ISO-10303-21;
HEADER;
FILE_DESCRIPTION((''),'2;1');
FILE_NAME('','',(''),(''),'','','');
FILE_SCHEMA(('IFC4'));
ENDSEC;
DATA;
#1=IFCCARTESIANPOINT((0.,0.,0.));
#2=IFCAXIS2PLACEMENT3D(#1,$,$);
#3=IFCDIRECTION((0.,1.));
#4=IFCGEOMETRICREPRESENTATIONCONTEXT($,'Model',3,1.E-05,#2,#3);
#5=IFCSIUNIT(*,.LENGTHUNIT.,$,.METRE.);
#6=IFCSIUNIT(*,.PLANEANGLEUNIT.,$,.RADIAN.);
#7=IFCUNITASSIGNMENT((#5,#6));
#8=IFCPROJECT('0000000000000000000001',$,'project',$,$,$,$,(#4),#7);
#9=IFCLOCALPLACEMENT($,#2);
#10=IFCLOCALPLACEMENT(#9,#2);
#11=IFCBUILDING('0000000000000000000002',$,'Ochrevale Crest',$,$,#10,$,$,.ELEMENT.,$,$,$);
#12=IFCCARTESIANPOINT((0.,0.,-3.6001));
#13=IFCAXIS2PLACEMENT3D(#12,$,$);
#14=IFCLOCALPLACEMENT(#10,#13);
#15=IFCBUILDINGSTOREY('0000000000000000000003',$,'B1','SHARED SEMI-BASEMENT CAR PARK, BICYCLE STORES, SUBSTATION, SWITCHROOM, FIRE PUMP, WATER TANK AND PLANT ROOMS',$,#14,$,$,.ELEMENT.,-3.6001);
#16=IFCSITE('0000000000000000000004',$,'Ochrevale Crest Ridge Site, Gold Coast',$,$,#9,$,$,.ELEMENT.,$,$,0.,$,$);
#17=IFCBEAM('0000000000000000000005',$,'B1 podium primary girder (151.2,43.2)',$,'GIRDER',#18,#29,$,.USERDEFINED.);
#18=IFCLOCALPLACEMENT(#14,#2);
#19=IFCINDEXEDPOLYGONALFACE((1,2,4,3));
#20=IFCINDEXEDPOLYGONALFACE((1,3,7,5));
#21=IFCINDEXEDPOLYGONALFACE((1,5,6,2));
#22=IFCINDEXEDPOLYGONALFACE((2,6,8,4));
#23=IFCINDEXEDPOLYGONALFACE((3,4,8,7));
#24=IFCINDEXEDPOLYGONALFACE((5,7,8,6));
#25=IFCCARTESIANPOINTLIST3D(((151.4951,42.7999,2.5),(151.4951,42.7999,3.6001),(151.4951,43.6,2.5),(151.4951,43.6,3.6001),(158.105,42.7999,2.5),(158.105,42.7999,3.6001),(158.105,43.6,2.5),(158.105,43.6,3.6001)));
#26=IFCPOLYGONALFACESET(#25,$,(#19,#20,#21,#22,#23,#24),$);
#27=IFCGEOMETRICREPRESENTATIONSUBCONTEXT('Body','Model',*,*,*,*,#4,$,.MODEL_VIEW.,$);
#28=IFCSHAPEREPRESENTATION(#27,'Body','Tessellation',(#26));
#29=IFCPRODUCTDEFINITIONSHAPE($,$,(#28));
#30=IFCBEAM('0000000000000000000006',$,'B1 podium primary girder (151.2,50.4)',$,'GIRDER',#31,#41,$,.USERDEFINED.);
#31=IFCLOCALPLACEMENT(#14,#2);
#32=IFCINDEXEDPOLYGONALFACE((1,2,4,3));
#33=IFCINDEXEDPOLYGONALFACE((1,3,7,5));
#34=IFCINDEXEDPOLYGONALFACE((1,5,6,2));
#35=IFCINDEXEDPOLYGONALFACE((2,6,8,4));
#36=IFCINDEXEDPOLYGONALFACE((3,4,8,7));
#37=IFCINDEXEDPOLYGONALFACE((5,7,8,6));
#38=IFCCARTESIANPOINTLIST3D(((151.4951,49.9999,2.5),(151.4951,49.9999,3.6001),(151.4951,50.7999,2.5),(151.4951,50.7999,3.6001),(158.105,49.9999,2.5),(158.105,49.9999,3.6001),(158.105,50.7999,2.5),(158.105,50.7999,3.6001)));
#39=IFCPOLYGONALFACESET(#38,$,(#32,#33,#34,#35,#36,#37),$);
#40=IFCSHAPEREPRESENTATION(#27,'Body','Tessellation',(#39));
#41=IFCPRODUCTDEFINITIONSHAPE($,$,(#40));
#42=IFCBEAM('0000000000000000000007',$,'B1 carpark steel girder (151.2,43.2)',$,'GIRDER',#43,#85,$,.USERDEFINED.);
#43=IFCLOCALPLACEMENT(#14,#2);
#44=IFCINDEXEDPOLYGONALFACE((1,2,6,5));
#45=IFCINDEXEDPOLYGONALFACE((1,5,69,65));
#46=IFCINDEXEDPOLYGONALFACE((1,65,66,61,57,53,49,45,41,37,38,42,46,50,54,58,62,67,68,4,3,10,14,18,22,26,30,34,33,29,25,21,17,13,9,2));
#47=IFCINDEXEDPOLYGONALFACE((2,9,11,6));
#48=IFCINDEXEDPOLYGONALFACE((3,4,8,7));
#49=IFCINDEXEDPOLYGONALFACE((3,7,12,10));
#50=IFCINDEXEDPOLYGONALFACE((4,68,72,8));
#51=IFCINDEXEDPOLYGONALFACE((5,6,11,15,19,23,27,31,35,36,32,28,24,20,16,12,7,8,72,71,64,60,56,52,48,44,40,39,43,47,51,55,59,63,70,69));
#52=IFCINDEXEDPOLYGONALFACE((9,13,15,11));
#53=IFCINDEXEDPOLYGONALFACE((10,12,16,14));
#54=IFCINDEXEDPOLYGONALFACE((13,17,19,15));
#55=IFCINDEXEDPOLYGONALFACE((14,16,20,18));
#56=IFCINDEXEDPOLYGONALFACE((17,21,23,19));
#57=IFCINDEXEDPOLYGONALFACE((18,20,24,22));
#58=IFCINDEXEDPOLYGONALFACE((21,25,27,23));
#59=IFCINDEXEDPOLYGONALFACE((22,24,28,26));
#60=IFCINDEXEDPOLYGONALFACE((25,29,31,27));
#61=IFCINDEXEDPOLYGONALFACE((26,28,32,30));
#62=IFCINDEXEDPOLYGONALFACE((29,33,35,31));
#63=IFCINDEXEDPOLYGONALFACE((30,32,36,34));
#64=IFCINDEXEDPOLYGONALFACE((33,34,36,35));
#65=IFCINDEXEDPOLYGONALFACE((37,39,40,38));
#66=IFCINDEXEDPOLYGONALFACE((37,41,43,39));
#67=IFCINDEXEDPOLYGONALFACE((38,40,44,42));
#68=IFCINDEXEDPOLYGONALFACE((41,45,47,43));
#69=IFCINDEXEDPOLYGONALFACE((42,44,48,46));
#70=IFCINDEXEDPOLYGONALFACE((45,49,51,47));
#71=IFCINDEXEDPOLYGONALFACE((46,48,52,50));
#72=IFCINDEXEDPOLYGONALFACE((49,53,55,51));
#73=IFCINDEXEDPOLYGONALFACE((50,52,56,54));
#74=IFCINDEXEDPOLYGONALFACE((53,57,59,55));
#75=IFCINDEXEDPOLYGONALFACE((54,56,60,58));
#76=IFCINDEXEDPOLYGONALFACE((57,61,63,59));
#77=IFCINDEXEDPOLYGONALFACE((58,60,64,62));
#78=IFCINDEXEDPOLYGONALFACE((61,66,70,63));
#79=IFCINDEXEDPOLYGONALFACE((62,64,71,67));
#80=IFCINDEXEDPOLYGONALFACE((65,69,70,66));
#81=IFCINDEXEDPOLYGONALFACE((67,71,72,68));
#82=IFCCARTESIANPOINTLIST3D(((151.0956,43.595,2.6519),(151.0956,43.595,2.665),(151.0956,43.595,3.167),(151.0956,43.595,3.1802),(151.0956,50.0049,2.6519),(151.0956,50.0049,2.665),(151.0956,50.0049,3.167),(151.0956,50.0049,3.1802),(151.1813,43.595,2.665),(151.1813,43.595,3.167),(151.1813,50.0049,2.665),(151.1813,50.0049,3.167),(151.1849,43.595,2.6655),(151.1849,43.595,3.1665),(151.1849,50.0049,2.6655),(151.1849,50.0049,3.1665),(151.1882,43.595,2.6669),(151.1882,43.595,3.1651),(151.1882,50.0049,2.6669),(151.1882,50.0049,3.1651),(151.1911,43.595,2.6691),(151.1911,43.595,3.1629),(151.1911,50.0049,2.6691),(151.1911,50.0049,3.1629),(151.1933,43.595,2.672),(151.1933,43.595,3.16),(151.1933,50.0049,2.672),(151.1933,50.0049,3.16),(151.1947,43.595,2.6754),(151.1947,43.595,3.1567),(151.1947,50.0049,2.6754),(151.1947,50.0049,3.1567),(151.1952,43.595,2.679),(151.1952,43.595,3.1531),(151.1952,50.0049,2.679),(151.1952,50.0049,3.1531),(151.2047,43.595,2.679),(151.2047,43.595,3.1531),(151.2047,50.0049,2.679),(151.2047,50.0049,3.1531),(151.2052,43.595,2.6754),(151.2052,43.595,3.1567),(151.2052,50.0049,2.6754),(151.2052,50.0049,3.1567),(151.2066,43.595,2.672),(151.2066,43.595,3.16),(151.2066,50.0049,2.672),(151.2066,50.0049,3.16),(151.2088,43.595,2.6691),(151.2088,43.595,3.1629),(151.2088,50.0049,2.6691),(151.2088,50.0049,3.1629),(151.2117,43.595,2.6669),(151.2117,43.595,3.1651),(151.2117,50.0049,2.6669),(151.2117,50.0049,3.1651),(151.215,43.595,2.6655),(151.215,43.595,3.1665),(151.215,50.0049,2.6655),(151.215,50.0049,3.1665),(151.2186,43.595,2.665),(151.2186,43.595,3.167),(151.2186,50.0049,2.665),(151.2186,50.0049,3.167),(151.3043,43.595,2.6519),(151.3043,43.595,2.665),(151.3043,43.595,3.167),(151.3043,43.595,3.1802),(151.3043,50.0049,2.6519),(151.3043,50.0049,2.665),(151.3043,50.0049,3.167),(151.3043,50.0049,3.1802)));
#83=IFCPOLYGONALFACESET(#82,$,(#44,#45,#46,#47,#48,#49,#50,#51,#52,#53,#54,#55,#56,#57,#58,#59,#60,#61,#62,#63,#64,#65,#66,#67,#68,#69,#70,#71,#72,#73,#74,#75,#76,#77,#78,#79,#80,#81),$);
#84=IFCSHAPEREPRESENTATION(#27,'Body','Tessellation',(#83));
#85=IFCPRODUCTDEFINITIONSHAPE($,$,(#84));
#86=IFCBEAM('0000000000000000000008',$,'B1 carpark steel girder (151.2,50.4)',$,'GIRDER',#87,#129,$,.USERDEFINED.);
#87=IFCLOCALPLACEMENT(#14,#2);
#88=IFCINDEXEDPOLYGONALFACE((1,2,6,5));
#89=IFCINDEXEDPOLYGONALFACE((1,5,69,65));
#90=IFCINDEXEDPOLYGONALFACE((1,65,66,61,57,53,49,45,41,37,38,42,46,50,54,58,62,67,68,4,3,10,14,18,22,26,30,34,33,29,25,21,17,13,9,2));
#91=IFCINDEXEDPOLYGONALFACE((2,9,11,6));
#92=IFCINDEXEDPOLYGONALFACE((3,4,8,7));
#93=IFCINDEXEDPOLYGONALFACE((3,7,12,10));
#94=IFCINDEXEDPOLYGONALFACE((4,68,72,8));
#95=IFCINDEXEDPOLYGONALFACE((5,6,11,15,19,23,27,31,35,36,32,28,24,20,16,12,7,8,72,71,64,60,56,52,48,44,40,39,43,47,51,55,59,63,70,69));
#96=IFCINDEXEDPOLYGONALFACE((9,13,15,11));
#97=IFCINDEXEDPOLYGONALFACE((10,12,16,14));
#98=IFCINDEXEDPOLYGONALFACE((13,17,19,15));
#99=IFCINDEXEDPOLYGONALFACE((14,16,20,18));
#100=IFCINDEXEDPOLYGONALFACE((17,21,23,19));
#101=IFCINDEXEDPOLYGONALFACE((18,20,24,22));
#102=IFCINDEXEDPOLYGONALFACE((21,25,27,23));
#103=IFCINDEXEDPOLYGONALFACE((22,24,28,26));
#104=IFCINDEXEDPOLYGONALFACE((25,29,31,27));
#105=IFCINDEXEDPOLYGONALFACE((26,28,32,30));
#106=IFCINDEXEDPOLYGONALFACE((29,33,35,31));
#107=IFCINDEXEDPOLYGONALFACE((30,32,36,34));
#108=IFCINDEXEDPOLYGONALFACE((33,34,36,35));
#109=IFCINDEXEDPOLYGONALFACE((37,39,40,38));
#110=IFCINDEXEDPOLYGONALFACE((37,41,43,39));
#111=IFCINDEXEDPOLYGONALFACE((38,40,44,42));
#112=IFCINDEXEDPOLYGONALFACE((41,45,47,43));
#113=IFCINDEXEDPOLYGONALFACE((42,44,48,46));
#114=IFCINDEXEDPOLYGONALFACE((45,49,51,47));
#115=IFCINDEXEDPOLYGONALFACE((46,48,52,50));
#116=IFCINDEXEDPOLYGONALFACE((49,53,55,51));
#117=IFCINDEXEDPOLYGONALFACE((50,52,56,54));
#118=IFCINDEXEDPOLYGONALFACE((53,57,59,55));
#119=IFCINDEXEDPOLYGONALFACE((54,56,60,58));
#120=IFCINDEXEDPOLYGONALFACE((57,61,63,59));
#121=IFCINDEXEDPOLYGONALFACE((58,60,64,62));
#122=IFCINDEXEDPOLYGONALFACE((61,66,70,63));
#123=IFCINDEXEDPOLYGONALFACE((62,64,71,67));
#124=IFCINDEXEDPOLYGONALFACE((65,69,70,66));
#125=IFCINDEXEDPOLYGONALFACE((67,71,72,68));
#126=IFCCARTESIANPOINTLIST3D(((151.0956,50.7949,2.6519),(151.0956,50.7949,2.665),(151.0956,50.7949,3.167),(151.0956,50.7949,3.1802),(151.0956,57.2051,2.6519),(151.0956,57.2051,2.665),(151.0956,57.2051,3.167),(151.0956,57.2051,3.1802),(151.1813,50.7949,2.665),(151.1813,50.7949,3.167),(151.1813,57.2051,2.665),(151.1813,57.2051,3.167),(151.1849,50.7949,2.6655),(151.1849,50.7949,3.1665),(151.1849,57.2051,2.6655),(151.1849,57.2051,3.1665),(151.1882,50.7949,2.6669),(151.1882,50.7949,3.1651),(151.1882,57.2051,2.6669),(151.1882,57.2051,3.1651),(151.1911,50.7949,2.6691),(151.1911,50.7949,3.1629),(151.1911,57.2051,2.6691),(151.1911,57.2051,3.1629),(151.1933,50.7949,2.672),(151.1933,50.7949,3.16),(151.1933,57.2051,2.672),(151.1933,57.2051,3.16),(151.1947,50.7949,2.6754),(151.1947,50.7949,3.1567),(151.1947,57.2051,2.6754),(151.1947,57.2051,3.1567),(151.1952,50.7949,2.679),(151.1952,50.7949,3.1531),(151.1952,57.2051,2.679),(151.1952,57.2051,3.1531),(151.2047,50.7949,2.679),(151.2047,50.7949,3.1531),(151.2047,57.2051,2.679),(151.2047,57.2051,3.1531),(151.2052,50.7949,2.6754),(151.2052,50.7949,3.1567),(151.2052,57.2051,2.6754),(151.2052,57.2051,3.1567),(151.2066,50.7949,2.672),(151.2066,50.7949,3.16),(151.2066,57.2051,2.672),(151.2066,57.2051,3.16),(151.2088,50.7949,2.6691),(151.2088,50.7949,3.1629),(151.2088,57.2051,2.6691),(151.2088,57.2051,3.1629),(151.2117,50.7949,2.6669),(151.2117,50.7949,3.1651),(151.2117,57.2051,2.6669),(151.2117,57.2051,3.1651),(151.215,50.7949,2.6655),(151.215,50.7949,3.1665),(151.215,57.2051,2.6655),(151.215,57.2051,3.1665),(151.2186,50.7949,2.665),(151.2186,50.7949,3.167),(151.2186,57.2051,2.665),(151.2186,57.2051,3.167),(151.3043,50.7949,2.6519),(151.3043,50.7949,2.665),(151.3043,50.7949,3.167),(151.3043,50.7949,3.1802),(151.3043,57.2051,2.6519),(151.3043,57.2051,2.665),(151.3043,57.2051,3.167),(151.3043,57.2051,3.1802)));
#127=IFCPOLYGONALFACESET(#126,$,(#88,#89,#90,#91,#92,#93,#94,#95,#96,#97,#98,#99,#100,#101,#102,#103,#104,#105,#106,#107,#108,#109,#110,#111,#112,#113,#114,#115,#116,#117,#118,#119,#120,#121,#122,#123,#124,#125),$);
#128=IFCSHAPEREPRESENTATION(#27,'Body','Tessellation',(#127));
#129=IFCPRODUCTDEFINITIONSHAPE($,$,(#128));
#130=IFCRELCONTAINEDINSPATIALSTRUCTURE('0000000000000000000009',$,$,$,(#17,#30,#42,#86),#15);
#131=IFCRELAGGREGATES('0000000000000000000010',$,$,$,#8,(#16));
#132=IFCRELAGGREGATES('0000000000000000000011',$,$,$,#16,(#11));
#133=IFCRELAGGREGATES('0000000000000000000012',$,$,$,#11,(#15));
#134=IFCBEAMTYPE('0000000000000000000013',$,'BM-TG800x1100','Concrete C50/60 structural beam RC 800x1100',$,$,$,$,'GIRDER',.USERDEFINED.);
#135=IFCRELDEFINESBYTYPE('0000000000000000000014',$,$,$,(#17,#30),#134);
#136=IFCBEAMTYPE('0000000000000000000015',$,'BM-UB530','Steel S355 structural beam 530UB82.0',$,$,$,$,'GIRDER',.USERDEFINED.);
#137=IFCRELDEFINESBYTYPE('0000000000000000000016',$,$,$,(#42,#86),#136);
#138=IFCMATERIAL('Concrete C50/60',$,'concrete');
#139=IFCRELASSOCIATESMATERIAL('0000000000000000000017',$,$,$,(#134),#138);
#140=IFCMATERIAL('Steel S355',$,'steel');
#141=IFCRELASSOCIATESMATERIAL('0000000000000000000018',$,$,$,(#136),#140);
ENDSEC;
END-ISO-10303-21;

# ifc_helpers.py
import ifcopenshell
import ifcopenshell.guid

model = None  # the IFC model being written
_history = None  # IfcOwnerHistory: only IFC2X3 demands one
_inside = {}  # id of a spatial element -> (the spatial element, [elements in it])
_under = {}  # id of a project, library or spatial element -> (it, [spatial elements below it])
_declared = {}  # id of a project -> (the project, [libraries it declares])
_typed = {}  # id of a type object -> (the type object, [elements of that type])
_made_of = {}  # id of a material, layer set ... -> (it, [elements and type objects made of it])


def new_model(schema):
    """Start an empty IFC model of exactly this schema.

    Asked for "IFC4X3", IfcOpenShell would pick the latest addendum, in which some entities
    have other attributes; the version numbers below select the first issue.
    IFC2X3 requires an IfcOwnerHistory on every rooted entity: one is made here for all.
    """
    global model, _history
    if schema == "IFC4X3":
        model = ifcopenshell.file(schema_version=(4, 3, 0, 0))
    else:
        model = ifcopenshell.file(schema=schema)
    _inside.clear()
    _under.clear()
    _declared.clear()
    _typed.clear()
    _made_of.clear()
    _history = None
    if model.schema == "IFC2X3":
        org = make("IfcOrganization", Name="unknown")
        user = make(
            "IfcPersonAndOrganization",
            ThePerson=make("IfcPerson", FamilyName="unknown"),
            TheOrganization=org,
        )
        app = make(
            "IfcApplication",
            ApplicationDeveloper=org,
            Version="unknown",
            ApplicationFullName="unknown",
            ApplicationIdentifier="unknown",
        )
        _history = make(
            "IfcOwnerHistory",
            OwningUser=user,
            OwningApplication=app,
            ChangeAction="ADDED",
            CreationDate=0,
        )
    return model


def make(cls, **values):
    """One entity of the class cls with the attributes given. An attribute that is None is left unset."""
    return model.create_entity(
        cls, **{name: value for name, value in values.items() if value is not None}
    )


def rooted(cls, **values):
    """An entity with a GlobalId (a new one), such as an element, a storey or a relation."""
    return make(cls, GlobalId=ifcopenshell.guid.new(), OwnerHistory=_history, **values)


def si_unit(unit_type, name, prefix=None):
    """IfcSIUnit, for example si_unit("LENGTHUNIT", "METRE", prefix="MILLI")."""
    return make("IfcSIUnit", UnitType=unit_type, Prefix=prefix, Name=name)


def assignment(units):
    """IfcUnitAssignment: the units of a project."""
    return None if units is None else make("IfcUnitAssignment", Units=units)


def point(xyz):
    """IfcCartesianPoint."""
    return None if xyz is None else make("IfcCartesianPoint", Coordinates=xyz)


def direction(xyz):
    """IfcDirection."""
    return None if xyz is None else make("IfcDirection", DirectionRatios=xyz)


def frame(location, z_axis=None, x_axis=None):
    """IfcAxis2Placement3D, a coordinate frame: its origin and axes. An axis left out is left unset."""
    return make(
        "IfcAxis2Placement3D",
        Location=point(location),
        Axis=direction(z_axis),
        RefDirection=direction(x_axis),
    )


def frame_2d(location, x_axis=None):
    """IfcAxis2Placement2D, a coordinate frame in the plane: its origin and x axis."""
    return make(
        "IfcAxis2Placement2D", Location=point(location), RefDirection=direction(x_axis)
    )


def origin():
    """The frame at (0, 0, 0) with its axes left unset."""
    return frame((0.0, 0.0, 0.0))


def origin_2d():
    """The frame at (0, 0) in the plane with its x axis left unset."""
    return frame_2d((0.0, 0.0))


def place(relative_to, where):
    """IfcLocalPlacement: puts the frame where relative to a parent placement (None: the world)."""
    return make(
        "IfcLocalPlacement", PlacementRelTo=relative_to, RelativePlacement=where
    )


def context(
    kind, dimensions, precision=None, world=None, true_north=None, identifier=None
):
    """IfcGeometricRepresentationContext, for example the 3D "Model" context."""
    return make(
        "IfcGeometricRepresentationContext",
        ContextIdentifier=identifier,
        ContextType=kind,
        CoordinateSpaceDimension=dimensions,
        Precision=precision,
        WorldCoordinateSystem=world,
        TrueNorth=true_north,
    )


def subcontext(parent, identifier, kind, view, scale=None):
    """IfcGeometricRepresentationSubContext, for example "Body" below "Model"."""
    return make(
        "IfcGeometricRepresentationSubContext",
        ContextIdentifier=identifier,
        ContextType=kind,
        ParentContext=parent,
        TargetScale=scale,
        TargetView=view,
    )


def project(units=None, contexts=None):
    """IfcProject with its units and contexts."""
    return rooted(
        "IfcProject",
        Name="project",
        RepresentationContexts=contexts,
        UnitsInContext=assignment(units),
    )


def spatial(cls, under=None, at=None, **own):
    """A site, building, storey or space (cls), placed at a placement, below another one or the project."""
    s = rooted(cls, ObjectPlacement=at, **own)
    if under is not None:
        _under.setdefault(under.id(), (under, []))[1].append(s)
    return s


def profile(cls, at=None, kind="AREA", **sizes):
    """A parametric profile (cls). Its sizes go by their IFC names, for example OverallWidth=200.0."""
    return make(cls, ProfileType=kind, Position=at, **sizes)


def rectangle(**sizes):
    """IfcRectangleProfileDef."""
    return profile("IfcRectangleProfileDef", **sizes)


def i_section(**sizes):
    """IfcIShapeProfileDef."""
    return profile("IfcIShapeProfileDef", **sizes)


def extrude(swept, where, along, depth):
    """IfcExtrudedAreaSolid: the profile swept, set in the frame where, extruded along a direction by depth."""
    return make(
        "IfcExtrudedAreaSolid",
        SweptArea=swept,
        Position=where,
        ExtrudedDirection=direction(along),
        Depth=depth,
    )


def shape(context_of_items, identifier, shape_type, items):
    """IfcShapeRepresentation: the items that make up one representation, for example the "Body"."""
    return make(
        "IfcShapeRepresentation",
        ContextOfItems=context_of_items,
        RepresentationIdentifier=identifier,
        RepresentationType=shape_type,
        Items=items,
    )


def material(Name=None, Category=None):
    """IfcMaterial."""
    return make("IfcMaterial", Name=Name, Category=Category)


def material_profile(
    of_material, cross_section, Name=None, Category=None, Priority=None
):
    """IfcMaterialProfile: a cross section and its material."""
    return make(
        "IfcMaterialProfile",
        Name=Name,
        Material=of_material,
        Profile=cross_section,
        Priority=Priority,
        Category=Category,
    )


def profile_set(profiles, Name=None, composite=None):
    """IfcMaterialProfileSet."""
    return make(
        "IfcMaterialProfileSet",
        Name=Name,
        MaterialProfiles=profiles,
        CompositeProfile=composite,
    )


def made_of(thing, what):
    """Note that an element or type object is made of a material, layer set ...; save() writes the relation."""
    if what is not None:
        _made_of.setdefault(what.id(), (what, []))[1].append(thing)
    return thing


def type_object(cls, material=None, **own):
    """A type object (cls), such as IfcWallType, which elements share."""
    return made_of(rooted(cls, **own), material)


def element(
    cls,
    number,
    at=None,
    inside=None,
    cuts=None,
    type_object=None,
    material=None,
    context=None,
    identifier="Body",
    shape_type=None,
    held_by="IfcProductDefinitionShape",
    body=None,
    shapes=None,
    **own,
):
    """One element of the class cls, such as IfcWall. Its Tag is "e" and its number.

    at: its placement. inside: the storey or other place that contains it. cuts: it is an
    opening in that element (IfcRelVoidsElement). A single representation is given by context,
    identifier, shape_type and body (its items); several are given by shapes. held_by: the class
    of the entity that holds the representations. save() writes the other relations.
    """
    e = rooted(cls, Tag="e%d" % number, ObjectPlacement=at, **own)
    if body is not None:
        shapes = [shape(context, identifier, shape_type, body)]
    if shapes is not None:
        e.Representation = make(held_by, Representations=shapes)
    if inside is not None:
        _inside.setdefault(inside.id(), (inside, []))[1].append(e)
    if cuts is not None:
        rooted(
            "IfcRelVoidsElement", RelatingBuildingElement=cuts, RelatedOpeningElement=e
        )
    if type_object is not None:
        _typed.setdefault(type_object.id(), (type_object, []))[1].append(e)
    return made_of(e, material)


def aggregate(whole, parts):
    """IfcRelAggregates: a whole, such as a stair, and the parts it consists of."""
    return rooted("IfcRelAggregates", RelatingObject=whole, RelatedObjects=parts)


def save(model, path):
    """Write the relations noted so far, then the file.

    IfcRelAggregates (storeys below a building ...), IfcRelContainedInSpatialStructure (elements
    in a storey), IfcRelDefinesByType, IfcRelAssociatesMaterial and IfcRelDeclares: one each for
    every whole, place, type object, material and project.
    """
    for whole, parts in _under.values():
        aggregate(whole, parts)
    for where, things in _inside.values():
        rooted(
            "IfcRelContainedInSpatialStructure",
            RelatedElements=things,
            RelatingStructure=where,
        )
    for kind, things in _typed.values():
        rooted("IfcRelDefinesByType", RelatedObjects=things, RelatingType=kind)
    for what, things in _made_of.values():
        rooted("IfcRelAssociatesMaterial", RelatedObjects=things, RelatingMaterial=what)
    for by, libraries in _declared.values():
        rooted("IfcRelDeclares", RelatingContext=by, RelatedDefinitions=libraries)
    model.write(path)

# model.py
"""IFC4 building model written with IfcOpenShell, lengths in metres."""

from ifc_helpers import new_model, si_unit, direction, frame, origin, origin_2d, place, context, subcontext, project, spatial, rectangle, i_section, extrude, material, material_profile, profile_set, type_object, element, save


model = new_model("IFC4")

# Units and contexts
model_context = context("Model", 3, precision=1e-05, world=origin(), true_north=direction((0.0, 1.0)))
body_context = subcontext(model_context, "Body", "Model", "MODEL_VIEW")
ifc_project = project(units=[si_unit("LENGTHUNIT", "METRE"), si_unit("PLANEANGLEUNIT", "RADIAN")], contexts=[model_context])

# Site, building, storey
site_placement = place(None, origin())
site = spatial("IfcSite", under=ifc_project, at=site_placement, Name="Ochrevale Crest Ridge Site, Gold Coast", CompositionType="ELEMENT", RefElevation=0.0)
building_placement = place(site_placement, origin())
building = spatial("IfcBuilding", under=site, at=building_placement, Name="Ochrevale Crest", CompositionType="ELEMENT")
storey_placement = place(building_placement, frame((0.0, 0.0, -3.6001)))
storey = spatial("IfcBuildingStorey", under=building, at=storey_placement, Name="B1", Description="SHARED SEMI-BASEMENT CAR PARK, BICYCLE STORES, SUBSTATION, SWITCHROOM, FIRE PUMP, WATER TANK AND PLANT ROOMS", CompositionType="ELEMENT", Elevation=-3.6001)

# Shared definitions
ifc_material_1 = material(Name="Concrete C50/60", Category="concrete")

# Beams
ifc_material_profile_1 = material_profile(ifc_material_1, rectangle(XDim=0.8, YDim=1.1001, at=origin_2d()), Name="RC 800x1100")
ifc_profile_set_1 = profile_set([ifc_material_profile_1], Name="Concrete C50/60")
beam_type_1 = type_object("IfcBeamType", Name="BM-TG800x1100", Description="Concrete C50/60 structural beam RC 800x1100", ElementType="GIRDER", PredefinedType="USERDEFINED", material=ifc_profile_set_1)
for number, where, z_axis, x_axis, name in (
    (1, (151.4951, 43.2, 3.05), (1.0, 0.0, 0.0), (0.0, 1.0, 0.0), "B1 podium primary girder (151.2,43.2)"),
    (2, (151.4951, 50.3999, 3.05), (1.0, 0.0, 0.0), (0.0, 1.0, 0.0), "B1 podium primary girder (151.2,50.4)"),
):
    element("IfcBeam", number, at=place(storey_placement, frame(where, z_axis=z_axis, x_axis=x_axis)), inside=storey, type_object=beam_type_1, Name=name, ObjectType="GIRDER", PredefinedType="USERDEFINED", context=body_context, shape_type="SweptSolid", body=[
        extrude(rectangle(XDim=0.8, YDim=1.1001, at=origin_2d()), origin(), (0.0, 0.0, 1.0), 6.6099),
    ])
ifc_material_2 = material(Name="Steel S355", Category="steel")
ifc_material_profile_2 = material_profile(ifc_material_2, i_section(OverallWidth=0.2087, OverallDepth=0.5283, WebThickness=0.0095, FlangeThickness=0.0132, FilletRadius=0.0139, at=origin_2d()), Name="530UB82.0")
ifc_profile_set_2 = profile_set([ifc_material_profile_2], Name="Steel S355")
beam_type_2 = type_object("IfcBeamType", Name="BM-UB530", Description="Steel S355 structural beam 530UB82.0", ElementType="GIRDER", PredefinedType="USERDEFINED", material=ifc_profile_set_2)
beam_1_placement = place(storey_placement, frame((151.2, 43.595, 2.916), z_axis=(0.0, 1.0, 0.0), x_axis=(-1.0, 0.0, 0.0)))
element("IfcBeam", 3, at=beam_1_placement, inside=storey, type_object=beam_type_2, Name="B1 carpark steel girder (151.2,43.2)", ObjectType="GIRDER", PredefinedType="USERDEFINED", context=body_context, shape_type="SweptSolid", body=[
    extrude(i_section(OverallWidth=0.2087, OverallDepth=0.5283, WebThickness=0.0095, FlangeThickness=0.0132, FilletRadius=0.0139, at=origin_2d()), origin(), (0.0, 0.0, 1.0), 6.4099),
])
beam_2_placement = place(storey_placement, frame((151.2, 50.7949, 2.916), z_axis=(0.0, 1.0, 0.0), x_axis=(-1.0, 0.0, 0.0)))
element("IfcBeam", 4, at=beam_2_placement, inside=storey, type_object=beam_type_2, Name="B1 carpark steel girder (151.2,50.4)", ObjectType="GIRDER", PredefinedType="USERDEFINED", context=body_context, shape_type="SweptSolid", body=[
    extrude(i_section(OverallWidth=0.2087, OverallDepth=0.5283, WebThickness=0.0095, FlangeThickness=0.0132, FilletRadius=0.0139, at=origin_2d()), origin(), (0.0, 0.0, 1.0), 6.4102),
])

save(model, "model.ifc")
